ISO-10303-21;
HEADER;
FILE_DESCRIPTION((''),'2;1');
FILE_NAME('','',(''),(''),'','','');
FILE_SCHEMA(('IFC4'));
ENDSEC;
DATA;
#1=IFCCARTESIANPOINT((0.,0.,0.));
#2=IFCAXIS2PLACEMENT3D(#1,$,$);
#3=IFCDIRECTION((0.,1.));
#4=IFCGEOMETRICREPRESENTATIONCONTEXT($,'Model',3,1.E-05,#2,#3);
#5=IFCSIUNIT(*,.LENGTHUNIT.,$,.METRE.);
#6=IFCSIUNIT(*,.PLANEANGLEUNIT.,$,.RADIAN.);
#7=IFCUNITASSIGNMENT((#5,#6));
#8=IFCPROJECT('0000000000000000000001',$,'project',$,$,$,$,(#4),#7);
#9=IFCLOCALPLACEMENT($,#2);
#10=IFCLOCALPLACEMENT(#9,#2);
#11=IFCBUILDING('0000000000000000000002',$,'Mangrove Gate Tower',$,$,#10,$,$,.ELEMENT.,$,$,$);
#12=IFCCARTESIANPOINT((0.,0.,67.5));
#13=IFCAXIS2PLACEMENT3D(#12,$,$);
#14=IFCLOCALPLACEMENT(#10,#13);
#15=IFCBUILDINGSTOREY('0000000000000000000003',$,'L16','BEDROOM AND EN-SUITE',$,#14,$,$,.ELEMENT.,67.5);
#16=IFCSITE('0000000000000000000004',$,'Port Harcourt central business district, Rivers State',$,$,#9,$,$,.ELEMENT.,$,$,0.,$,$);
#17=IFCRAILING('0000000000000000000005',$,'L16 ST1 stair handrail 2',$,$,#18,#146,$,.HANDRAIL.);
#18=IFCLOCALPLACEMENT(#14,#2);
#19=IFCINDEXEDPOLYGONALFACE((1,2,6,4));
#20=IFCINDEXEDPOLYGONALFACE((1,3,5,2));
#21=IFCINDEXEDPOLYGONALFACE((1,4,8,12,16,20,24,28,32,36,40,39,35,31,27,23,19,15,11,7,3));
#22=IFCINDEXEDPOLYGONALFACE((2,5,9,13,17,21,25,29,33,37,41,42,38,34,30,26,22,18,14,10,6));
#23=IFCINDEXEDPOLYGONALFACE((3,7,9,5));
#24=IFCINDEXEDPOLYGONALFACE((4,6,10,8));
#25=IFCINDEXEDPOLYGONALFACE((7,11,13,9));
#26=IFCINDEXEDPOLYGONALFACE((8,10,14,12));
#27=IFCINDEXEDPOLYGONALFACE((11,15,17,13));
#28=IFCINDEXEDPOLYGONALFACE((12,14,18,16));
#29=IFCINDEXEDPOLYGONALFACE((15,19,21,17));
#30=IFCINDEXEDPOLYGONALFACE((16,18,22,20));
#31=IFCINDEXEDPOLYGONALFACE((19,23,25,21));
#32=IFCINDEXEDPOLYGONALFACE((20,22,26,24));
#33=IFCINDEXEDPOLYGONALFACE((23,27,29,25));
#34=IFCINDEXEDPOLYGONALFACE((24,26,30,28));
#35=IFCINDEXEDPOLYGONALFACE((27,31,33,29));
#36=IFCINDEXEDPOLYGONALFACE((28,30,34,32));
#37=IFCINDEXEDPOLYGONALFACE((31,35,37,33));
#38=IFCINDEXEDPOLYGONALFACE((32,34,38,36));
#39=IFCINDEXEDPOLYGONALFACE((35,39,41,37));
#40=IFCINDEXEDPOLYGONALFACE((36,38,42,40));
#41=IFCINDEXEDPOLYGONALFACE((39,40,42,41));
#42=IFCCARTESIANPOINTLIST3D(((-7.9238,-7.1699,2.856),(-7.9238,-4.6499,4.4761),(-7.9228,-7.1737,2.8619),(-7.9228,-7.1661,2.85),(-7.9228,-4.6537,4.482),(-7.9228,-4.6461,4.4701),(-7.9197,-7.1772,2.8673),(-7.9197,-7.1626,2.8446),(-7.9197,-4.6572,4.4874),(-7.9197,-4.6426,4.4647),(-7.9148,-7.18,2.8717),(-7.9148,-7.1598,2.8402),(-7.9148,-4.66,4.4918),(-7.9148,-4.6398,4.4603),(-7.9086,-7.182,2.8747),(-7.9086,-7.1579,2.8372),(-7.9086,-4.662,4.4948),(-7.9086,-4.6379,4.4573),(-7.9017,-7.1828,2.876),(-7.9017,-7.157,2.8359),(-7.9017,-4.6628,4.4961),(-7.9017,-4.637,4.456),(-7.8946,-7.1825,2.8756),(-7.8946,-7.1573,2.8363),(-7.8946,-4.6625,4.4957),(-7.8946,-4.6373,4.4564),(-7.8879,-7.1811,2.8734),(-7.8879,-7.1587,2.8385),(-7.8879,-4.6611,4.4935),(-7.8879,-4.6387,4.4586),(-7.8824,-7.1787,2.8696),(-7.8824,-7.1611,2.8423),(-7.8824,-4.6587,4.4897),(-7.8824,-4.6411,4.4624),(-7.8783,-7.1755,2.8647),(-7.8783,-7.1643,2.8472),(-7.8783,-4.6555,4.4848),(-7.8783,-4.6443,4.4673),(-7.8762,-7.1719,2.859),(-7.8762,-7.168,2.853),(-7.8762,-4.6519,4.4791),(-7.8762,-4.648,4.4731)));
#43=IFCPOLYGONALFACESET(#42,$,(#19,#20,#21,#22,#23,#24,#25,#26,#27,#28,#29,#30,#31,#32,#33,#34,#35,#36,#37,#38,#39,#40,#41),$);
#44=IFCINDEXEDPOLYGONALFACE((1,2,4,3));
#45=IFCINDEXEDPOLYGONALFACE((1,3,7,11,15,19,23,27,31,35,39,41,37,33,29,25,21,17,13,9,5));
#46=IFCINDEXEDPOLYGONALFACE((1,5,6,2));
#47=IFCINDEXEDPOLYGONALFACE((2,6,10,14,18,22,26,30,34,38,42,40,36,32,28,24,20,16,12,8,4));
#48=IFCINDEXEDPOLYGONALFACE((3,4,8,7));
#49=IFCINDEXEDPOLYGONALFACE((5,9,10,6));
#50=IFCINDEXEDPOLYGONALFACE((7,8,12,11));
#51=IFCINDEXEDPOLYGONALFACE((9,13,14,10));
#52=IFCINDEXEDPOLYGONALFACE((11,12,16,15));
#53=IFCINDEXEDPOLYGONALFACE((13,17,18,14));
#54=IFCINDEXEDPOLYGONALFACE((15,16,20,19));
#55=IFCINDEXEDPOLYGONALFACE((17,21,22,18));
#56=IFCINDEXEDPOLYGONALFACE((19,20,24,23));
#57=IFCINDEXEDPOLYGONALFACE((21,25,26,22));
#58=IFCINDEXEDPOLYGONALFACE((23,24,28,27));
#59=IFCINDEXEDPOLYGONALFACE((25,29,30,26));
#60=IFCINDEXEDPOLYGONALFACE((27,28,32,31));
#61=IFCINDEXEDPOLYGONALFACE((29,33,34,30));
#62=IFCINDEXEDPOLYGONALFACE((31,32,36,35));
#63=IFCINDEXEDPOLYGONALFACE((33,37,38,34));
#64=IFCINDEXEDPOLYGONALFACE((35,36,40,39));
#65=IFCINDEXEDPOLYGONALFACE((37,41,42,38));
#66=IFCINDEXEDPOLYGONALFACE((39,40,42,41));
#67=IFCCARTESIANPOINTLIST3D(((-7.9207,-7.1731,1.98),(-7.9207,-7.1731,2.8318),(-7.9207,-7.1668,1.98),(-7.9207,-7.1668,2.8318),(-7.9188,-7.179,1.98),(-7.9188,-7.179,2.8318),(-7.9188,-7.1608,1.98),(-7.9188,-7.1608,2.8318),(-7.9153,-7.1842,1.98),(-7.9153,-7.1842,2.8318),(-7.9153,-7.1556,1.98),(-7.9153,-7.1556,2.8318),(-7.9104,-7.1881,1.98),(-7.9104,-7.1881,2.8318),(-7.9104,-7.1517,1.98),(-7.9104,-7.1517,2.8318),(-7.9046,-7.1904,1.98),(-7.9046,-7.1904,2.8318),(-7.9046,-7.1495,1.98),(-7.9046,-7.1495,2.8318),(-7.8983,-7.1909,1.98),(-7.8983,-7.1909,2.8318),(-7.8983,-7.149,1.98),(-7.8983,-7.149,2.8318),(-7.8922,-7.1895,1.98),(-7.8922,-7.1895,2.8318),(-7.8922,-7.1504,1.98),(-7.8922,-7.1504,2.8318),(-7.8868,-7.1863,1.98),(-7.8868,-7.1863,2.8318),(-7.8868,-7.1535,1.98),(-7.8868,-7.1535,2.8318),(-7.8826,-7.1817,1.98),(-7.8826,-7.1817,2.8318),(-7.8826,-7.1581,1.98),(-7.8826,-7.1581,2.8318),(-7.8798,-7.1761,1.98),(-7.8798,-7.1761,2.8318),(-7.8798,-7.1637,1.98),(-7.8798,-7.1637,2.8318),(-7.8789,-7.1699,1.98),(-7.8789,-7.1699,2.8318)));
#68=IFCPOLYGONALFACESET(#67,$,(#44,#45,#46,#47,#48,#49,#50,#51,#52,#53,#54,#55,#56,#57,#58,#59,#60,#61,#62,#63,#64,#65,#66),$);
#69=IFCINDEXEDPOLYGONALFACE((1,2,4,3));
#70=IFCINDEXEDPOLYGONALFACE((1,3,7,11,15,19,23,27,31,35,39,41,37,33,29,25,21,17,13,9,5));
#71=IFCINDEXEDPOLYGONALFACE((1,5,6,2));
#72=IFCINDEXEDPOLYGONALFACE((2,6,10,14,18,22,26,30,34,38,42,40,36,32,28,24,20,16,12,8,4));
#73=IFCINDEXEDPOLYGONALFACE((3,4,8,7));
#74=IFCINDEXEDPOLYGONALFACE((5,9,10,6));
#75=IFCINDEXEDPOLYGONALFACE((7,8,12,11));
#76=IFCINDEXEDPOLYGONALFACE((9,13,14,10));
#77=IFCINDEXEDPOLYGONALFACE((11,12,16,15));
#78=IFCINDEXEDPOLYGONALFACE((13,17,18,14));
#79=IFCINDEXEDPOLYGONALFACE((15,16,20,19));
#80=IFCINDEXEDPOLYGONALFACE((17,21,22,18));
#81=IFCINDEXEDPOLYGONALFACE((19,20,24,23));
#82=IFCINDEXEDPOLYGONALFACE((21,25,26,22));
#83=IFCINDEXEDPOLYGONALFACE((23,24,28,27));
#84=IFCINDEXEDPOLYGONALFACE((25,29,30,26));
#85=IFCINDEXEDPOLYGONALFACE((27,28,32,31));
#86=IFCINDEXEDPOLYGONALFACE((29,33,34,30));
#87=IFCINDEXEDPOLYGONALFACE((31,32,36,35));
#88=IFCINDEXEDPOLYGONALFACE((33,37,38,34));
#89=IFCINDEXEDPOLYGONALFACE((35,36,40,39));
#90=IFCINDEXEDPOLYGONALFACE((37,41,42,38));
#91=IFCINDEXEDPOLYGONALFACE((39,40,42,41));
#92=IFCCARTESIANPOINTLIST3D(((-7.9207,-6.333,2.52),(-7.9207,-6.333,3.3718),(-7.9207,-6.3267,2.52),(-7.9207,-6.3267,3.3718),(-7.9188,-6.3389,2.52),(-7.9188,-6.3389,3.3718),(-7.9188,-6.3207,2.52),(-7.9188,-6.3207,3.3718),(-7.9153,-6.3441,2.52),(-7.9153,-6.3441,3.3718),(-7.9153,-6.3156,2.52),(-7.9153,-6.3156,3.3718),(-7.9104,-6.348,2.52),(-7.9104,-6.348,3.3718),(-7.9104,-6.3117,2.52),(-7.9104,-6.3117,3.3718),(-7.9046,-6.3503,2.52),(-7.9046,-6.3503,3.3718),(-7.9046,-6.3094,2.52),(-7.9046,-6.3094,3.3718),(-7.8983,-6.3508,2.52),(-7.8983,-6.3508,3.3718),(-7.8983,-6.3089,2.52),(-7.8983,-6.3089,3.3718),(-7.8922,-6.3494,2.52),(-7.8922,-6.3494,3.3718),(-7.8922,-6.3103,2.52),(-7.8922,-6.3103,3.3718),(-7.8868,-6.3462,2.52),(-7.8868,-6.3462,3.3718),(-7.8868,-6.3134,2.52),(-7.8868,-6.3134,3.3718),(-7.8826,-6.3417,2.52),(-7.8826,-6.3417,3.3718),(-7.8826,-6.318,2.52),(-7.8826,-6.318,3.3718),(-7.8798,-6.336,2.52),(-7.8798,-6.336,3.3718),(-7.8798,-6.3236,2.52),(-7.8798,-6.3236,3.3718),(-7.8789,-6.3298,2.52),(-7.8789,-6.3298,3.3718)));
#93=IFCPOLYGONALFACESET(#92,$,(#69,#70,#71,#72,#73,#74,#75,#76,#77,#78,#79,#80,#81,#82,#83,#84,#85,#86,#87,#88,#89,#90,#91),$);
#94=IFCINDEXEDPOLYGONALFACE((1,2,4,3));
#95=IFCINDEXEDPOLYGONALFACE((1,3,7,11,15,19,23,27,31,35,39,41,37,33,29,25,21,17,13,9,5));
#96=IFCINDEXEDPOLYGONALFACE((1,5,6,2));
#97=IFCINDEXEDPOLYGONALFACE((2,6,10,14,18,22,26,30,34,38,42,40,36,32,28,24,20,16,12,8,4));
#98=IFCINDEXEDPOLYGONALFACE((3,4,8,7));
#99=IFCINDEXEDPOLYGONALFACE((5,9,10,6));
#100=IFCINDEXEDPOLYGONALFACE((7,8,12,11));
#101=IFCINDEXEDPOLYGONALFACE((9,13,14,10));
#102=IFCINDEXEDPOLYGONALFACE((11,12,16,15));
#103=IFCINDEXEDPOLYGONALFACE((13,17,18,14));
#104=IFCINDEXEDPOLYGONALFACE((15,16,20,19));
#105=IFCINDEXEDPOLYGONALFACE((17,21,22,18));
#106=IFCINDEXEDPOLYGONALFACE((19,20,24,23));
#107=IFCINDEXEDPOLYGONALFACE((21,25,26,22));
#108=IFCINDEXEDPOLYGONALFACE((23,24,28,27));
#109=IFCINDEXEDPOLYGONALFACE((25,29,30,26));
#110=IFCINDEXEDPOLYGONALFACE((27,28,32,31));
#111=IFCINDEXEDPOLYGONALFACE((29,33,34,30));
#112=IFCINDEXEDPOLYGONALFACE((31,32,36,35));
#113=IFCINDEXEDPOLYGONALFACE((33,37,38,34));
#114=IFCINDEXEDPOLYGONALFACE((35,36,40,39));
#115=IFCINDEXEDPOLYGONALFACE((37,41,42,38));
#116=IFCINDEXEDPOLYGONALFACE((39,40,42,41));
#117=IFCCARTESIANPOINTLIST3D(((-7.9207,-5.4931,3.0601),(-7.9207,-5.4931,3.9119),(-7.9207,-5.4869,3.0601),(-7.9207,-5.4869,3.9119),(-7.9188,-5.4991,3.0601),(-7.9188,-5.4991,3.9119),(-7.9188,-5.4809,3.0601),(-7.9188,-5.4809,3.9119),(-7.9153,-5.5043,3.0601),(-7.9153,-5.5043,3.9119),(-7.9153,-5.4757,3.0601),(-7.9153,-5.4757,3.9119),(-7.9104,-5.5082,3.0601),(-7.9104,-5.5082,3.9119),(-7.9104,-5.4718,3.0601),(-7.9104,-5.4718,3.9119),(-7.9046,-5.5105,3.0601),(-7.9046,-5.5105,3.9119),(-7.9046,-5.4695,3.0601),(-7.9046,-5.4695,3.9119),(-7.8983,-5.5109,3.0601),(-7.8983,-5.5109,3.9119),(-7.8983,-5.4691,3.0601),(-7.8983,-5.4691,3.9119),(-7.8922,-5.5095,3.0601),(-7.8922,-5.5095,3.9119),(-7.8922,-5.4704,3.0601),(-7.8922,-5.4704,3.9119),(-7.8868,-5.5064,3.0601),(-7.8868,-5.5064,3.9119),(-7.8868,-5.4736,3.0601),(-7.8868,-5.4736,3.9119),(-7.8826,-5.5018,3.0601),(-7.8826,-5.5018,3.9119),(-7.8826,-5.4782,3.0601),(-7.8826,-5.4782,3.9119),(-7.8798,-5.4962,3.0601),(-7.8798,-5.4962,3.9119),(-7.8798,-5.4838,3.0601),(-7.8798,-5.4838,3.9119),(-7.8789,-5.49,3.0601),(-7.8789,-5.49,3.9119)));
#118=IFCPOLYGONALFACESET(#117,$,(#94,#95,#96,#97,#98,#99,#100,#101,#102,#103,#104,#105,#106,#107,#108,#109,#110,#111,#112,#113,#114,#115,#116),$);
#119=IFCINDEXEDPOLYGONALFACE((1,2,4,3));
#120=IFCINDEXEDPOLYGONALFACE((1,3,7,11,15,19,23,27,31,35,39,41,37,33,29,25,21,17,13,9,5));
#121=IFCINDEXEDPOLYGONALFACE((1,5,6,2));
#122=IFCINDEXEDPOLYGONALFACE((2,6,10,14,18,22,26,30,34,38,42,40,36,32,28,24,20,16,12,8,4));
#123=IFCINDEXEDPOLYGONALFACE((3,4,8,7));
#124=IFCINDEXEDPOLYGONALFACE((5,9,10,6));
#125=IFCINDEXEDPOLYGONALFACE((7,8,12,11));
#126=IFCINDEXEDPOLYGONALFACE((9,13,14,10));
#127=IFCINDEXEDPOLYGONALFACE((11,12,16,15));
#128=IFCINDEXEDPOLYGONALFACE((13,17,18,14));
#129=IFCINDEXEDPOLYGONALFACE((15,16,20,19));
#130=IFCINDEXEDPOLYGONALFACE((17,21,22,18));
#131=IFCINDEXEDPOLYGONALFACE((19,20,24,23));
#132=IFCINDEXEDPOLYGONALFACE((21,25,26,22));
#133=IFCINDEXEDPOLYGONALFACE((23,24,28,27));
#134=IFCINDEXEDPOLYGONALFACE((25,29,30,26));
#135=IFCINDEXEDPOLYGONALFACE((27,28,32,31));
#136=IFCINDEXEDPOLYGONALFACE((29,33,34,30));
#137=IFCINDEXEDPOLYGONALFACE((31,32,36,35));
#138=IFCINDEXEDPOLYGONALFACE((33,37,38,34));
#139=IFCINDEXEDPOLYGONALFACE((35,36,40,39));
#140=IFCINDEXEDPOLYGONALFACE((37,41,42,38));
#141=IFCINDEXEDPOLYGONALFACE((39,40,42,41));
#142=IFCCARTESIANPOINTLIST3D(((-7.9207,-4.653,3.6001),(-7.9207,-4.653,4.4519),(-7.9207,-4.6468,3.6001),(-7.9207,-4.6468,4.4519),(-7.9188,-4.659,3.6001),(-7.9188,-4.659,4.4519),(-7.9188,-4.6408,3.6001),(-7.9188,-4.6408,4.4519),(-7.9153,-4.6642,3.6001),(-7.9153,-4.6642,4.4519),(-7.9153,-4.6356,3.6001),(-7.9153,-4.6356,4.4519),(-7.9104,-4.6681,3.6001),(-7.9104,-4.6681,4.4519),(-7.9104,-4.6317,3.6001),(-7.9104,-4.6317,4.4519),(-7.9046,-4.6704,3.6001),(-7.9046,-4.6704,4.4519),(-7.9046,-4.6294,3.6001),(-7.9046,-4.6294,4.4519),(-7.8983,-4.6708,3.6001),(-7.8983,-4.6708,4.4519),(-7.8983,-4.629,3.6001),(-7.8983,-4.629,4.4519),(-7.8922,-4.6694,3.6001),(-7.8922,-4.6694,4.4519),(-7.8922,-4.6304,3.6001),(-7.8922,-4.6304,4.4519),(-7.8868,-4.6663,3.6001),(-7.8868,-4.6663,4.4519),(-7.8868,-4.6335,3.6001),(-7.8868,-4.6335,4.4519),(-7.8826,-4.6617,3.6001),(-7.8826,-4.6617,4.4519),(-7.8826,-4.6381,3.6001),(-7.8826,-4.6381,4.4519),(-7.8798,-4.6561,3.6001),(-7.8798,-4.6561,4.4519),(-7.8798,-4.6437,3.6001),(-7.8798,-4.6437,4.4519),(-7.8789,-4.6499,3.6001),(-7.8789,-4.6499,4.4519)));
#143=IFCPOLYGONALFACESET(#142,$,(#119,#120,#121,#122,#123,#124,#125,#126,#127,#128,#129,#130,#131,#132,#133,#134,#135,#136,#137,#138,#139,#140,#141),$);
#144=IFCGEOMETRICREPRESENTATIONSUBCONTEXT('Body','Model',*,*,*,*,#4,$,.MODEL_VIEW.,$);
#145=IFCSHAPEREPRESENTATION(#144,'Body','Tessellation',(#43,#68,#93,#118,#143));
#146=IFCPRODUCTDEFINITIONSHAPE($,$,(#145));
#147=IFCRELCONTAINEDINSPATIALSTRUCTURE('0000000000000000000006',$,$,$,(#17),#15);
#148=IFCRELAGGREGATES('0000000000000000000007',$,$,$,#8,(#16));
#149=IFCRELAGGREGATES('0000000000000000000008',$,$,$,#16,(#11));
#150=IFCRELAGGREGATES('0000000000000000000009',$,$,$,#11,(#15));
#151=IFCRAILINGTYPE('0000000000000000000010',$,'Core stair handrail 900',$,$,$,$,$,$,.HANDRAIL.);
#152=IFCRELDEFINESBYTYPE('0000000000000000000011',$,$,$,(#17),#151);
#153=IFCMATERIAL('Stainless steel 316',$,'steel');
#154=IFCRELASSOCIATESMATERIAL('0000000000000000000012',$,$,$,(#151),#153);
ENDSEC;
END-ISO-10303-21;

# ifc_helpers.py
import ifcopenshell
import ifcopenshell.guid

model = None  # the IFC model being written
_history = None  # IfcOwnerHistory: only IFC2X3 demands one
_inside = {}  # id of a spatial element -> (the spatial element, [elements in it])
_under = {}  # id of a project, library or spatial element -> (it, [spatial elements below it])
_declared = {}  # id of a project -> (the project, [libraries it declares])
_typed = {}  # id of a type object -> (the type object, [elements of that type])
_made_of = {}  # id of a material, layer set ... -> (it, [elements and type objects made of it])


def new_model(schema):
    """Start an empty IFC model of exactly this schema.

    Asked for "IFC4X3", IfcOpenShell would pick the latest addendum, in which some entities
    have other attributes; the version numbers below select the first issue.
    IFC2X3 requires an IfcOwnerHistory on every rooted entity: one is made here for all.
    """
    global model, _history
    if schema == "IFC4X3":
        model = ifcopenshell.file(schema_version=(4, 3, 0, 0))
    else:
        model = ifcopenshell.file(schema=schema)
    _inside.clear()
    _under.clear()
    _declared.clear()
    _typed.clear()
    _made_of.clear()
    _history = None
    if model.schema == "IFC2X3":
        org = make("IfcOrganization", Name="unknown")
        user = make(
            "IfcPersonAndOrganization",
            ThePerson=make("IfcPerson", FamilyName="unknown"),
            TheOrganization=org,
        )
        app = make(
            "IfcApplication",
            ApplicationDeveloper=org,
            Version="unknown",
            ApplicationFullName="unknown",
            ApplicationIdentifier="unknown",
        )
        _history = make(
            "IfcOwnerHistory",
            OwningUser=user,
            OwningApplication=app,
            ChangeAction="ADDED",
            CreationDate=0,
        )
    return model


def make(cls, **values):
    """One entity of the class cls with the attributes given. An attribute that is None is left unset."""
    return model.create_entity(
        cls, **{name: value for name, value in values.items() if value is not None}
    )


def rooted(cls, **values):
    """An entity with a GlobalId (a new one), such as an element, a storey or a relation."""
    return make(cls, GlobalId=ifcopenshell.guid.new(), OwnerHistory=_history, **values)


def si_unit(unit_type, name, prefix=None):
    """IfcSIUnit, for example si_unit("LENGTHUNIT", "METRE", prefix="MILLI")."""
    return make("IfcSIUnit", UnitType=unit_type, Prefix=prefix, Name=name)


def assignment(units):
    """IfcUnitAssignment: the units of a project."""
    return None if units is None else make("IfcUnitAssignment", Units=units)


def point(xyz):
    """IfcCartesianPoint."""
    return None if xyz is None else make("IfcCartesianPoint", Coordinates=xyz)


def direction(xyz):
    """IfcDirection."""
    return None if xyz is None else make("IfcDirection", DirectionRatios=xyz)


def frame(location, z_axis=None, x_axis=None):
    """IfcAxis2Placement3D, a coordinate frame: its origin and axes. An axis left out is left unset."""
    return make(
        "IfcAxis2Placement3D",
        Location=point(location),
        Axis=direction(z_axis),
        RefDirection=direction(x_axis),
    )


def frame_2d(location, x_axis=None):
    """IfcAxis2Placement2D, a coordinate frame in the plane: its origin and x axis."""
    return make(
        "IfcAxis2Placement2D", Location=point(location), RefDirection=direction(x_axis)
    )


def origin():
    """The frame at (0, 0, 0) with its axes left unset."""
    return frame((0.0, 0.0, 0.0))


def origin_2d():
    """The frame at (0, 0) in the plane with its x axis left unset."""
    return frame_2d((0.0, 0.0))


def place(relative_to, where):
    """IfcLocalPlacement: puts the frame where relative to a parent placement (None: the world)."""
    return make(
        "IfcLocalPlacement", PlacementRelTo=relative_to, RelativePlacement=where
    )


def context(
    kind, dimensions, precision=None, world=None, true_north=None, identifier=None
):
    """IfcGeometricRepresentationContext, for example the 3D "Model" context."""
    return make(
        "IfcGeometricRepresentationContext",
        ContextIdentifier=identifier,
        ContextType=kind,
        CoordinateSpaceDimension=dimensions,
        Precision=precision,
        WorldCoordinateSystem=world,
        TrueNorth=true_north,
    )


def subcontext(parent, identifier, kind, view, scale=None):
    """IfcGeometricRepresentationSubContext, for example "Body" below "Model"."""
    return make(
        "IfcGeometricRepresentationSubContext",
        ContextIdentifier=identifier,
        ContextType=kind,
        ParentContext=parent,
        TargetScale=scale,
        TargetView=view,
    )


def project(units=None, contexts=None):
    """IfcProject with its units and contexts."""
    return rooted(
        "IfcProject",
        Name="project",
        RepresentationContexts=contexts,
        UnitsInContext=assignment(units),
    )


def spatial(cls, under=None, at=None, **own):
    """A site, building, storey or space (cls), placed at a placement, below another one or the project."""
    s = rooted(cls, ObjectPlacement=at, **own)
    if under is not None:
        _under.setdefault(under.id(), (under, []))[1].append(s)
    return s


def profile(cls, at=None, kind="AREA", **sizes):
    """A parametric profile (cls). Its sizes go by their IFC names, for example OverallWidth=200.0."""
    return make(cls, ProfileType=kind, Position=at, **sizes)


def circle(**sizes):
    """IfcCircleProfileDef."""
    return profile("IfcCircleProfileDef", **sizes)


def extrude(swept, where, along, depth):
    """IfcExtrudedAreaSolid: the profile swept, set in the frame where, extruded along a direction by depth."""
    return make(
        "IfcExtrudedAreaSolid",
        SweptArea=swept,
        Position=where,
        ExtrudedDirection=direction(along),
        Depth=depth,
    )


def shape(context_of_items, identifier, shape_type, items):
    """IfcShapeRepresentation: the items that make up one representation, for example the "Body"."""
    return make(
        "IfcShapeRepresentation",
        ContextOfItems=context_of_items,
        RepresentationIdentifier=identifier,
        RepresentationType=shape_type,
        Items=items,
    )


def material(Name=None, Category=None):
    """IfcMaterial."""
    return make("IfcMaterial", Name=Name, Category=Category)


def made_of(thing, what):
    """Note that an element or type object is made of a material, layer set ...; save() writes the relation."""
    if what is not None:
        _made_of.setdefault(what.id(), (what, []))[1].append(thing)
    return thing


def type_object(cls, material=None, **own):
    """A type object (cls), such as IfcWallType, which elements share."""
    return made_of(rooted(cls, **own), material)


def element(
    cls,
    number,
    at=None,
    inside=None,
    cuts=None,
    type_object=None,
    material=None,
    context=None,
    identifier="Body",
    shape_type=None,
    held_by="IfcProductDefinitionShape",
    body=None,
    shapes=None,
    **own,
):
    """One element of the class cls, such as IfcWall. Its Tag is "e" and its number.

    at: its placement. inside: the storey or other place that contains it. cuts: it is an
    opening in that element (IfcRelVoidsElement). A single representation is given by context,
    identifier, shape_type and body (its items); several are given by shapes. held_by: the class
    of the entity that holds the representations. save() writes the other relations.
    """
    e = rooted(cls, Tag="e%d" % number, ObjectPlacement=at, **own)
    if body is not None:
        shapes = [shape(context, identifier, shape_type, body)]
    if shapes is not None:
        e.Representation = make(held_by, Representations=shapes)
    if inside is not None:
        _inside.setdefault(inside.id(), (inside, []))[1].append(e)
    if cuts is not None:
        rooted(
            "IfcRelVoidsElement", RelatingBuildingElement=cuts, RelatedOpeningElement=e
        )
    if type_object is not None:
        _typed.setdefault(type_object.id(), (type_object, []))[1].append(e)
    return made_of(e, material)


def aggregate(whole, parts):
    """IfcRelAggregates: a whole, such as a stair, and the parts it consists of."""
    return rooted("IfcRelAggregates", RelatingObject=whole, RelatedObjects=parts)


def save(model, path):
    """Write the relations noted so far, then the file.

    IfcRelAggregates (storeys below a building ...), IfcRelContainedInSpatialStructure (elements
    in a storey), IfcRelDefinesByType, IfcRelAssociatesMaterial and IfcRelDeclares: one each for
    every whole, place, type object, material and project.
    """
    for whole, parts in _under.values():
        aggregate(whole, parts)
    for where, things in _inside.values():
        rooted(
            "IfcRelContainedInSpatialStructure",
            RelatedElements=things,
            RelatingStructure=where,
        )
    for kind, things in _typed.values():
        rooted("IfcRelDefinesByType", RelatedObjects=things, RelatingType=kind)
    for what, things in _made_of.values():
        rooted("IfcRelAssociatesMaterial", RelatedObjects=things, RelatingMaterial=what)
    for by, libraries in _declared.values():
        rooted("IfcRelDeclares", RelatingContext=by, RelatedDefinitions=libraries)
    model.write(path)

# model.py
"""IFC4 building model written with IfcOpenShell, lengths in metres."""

from ifc_helpers import new_model, si_unit, direction, frame, origin, origin_2d, place, context, subcontext, project, spatial, circle, extrude, material, type_object, element, save


model = new_model("IFC4")

# Units and contexts
model_context = context("Model", 3, precision=1e-05, world=origin(), true_north=direction((0.0, 1.0)))
body_context = subcontext(model_context, "Body", "Model", "MODEL_VIEW")
ifc_project = project(units=[si_unit("LENGTHUNIT", "METRE"), si_unit("PLANEANGLEUNIT", "RADIAN")], contexts=[model_context])

# Site, building, storey
site_placement = place(None, origin())
site = spatial("IfcSite", under=ifc_project, at=site_placement, Name="Port Harcourt central business district, Rivers State", CompositionType="ELEMENT", RefElevation=0.0)
building_placement = place(site_placement, origin())
building = spatial("IfcBuilding", under=site, at=building_placement, Name="Mangrove Gate Tower", CompositionType="ELEMENT")
storey_placement = place(building_placement, frame((0.0, 0.0, 67.5)))
storey = spatial("IfcBuildingStorey", under=building, at=storey_placement, Name="L16", Description="BEDROOM AND EN-SUITE", CompositionType="ELEMENT", Elevation=67.5)

# Railing
ifc_material_1 = material(Name="Stainless steel 316", Category="steel")
railing_type_1 = type_object("IfcRailingType", Name="Core stair handrail 900", PredefinedType="HANDRAIL", material=ifc_material_1)
railing_1_placement = place(storey_placement, frame((-7.8999, -7.1699, 1.98)))
element("IfcRailing", 1, at=railing_1_placement, inside=storey, type_object=railing_type_1, Name="L16 ST1 stair handrail 2", PredefinedType="HANDRAIL", context=body_context, shape_type="SweptSolid", body=[
    extrude(circle(Radius=0.0239, at=origin_2d()), frame((0.0, 0.0, 0.876), z_axis=(0.0, 0.841163, 0.540782), x_axis=(-1.0, 0.0, 0.0)), (0.0, 0.0, 1.0), 2.9958),
    extrude(circle(Radius=0.021, at=origin_2d()), origin(), (0.0, 0.0, 1.0), 0.8518),
    extrude(circle(Radius=0.021, at=origin_2d()), frame((0.0, 0.8401, 0.54)), (0.0, 0.0, 1.0), 0.8518),
    extrude(circle(Radius=0.021, at=origin_2d()), frame((0.0, 1.6799, 1.0801)), (0.0, 0.0, 1.0), 0.8518),
    extrude(circle(Radius=0.021, at=origin_2d()), frame((0.0, 2.52, 1.6201)), (0.0, 0.0, 1.0), 0.8518),
])

save(model, "model.ifc")
